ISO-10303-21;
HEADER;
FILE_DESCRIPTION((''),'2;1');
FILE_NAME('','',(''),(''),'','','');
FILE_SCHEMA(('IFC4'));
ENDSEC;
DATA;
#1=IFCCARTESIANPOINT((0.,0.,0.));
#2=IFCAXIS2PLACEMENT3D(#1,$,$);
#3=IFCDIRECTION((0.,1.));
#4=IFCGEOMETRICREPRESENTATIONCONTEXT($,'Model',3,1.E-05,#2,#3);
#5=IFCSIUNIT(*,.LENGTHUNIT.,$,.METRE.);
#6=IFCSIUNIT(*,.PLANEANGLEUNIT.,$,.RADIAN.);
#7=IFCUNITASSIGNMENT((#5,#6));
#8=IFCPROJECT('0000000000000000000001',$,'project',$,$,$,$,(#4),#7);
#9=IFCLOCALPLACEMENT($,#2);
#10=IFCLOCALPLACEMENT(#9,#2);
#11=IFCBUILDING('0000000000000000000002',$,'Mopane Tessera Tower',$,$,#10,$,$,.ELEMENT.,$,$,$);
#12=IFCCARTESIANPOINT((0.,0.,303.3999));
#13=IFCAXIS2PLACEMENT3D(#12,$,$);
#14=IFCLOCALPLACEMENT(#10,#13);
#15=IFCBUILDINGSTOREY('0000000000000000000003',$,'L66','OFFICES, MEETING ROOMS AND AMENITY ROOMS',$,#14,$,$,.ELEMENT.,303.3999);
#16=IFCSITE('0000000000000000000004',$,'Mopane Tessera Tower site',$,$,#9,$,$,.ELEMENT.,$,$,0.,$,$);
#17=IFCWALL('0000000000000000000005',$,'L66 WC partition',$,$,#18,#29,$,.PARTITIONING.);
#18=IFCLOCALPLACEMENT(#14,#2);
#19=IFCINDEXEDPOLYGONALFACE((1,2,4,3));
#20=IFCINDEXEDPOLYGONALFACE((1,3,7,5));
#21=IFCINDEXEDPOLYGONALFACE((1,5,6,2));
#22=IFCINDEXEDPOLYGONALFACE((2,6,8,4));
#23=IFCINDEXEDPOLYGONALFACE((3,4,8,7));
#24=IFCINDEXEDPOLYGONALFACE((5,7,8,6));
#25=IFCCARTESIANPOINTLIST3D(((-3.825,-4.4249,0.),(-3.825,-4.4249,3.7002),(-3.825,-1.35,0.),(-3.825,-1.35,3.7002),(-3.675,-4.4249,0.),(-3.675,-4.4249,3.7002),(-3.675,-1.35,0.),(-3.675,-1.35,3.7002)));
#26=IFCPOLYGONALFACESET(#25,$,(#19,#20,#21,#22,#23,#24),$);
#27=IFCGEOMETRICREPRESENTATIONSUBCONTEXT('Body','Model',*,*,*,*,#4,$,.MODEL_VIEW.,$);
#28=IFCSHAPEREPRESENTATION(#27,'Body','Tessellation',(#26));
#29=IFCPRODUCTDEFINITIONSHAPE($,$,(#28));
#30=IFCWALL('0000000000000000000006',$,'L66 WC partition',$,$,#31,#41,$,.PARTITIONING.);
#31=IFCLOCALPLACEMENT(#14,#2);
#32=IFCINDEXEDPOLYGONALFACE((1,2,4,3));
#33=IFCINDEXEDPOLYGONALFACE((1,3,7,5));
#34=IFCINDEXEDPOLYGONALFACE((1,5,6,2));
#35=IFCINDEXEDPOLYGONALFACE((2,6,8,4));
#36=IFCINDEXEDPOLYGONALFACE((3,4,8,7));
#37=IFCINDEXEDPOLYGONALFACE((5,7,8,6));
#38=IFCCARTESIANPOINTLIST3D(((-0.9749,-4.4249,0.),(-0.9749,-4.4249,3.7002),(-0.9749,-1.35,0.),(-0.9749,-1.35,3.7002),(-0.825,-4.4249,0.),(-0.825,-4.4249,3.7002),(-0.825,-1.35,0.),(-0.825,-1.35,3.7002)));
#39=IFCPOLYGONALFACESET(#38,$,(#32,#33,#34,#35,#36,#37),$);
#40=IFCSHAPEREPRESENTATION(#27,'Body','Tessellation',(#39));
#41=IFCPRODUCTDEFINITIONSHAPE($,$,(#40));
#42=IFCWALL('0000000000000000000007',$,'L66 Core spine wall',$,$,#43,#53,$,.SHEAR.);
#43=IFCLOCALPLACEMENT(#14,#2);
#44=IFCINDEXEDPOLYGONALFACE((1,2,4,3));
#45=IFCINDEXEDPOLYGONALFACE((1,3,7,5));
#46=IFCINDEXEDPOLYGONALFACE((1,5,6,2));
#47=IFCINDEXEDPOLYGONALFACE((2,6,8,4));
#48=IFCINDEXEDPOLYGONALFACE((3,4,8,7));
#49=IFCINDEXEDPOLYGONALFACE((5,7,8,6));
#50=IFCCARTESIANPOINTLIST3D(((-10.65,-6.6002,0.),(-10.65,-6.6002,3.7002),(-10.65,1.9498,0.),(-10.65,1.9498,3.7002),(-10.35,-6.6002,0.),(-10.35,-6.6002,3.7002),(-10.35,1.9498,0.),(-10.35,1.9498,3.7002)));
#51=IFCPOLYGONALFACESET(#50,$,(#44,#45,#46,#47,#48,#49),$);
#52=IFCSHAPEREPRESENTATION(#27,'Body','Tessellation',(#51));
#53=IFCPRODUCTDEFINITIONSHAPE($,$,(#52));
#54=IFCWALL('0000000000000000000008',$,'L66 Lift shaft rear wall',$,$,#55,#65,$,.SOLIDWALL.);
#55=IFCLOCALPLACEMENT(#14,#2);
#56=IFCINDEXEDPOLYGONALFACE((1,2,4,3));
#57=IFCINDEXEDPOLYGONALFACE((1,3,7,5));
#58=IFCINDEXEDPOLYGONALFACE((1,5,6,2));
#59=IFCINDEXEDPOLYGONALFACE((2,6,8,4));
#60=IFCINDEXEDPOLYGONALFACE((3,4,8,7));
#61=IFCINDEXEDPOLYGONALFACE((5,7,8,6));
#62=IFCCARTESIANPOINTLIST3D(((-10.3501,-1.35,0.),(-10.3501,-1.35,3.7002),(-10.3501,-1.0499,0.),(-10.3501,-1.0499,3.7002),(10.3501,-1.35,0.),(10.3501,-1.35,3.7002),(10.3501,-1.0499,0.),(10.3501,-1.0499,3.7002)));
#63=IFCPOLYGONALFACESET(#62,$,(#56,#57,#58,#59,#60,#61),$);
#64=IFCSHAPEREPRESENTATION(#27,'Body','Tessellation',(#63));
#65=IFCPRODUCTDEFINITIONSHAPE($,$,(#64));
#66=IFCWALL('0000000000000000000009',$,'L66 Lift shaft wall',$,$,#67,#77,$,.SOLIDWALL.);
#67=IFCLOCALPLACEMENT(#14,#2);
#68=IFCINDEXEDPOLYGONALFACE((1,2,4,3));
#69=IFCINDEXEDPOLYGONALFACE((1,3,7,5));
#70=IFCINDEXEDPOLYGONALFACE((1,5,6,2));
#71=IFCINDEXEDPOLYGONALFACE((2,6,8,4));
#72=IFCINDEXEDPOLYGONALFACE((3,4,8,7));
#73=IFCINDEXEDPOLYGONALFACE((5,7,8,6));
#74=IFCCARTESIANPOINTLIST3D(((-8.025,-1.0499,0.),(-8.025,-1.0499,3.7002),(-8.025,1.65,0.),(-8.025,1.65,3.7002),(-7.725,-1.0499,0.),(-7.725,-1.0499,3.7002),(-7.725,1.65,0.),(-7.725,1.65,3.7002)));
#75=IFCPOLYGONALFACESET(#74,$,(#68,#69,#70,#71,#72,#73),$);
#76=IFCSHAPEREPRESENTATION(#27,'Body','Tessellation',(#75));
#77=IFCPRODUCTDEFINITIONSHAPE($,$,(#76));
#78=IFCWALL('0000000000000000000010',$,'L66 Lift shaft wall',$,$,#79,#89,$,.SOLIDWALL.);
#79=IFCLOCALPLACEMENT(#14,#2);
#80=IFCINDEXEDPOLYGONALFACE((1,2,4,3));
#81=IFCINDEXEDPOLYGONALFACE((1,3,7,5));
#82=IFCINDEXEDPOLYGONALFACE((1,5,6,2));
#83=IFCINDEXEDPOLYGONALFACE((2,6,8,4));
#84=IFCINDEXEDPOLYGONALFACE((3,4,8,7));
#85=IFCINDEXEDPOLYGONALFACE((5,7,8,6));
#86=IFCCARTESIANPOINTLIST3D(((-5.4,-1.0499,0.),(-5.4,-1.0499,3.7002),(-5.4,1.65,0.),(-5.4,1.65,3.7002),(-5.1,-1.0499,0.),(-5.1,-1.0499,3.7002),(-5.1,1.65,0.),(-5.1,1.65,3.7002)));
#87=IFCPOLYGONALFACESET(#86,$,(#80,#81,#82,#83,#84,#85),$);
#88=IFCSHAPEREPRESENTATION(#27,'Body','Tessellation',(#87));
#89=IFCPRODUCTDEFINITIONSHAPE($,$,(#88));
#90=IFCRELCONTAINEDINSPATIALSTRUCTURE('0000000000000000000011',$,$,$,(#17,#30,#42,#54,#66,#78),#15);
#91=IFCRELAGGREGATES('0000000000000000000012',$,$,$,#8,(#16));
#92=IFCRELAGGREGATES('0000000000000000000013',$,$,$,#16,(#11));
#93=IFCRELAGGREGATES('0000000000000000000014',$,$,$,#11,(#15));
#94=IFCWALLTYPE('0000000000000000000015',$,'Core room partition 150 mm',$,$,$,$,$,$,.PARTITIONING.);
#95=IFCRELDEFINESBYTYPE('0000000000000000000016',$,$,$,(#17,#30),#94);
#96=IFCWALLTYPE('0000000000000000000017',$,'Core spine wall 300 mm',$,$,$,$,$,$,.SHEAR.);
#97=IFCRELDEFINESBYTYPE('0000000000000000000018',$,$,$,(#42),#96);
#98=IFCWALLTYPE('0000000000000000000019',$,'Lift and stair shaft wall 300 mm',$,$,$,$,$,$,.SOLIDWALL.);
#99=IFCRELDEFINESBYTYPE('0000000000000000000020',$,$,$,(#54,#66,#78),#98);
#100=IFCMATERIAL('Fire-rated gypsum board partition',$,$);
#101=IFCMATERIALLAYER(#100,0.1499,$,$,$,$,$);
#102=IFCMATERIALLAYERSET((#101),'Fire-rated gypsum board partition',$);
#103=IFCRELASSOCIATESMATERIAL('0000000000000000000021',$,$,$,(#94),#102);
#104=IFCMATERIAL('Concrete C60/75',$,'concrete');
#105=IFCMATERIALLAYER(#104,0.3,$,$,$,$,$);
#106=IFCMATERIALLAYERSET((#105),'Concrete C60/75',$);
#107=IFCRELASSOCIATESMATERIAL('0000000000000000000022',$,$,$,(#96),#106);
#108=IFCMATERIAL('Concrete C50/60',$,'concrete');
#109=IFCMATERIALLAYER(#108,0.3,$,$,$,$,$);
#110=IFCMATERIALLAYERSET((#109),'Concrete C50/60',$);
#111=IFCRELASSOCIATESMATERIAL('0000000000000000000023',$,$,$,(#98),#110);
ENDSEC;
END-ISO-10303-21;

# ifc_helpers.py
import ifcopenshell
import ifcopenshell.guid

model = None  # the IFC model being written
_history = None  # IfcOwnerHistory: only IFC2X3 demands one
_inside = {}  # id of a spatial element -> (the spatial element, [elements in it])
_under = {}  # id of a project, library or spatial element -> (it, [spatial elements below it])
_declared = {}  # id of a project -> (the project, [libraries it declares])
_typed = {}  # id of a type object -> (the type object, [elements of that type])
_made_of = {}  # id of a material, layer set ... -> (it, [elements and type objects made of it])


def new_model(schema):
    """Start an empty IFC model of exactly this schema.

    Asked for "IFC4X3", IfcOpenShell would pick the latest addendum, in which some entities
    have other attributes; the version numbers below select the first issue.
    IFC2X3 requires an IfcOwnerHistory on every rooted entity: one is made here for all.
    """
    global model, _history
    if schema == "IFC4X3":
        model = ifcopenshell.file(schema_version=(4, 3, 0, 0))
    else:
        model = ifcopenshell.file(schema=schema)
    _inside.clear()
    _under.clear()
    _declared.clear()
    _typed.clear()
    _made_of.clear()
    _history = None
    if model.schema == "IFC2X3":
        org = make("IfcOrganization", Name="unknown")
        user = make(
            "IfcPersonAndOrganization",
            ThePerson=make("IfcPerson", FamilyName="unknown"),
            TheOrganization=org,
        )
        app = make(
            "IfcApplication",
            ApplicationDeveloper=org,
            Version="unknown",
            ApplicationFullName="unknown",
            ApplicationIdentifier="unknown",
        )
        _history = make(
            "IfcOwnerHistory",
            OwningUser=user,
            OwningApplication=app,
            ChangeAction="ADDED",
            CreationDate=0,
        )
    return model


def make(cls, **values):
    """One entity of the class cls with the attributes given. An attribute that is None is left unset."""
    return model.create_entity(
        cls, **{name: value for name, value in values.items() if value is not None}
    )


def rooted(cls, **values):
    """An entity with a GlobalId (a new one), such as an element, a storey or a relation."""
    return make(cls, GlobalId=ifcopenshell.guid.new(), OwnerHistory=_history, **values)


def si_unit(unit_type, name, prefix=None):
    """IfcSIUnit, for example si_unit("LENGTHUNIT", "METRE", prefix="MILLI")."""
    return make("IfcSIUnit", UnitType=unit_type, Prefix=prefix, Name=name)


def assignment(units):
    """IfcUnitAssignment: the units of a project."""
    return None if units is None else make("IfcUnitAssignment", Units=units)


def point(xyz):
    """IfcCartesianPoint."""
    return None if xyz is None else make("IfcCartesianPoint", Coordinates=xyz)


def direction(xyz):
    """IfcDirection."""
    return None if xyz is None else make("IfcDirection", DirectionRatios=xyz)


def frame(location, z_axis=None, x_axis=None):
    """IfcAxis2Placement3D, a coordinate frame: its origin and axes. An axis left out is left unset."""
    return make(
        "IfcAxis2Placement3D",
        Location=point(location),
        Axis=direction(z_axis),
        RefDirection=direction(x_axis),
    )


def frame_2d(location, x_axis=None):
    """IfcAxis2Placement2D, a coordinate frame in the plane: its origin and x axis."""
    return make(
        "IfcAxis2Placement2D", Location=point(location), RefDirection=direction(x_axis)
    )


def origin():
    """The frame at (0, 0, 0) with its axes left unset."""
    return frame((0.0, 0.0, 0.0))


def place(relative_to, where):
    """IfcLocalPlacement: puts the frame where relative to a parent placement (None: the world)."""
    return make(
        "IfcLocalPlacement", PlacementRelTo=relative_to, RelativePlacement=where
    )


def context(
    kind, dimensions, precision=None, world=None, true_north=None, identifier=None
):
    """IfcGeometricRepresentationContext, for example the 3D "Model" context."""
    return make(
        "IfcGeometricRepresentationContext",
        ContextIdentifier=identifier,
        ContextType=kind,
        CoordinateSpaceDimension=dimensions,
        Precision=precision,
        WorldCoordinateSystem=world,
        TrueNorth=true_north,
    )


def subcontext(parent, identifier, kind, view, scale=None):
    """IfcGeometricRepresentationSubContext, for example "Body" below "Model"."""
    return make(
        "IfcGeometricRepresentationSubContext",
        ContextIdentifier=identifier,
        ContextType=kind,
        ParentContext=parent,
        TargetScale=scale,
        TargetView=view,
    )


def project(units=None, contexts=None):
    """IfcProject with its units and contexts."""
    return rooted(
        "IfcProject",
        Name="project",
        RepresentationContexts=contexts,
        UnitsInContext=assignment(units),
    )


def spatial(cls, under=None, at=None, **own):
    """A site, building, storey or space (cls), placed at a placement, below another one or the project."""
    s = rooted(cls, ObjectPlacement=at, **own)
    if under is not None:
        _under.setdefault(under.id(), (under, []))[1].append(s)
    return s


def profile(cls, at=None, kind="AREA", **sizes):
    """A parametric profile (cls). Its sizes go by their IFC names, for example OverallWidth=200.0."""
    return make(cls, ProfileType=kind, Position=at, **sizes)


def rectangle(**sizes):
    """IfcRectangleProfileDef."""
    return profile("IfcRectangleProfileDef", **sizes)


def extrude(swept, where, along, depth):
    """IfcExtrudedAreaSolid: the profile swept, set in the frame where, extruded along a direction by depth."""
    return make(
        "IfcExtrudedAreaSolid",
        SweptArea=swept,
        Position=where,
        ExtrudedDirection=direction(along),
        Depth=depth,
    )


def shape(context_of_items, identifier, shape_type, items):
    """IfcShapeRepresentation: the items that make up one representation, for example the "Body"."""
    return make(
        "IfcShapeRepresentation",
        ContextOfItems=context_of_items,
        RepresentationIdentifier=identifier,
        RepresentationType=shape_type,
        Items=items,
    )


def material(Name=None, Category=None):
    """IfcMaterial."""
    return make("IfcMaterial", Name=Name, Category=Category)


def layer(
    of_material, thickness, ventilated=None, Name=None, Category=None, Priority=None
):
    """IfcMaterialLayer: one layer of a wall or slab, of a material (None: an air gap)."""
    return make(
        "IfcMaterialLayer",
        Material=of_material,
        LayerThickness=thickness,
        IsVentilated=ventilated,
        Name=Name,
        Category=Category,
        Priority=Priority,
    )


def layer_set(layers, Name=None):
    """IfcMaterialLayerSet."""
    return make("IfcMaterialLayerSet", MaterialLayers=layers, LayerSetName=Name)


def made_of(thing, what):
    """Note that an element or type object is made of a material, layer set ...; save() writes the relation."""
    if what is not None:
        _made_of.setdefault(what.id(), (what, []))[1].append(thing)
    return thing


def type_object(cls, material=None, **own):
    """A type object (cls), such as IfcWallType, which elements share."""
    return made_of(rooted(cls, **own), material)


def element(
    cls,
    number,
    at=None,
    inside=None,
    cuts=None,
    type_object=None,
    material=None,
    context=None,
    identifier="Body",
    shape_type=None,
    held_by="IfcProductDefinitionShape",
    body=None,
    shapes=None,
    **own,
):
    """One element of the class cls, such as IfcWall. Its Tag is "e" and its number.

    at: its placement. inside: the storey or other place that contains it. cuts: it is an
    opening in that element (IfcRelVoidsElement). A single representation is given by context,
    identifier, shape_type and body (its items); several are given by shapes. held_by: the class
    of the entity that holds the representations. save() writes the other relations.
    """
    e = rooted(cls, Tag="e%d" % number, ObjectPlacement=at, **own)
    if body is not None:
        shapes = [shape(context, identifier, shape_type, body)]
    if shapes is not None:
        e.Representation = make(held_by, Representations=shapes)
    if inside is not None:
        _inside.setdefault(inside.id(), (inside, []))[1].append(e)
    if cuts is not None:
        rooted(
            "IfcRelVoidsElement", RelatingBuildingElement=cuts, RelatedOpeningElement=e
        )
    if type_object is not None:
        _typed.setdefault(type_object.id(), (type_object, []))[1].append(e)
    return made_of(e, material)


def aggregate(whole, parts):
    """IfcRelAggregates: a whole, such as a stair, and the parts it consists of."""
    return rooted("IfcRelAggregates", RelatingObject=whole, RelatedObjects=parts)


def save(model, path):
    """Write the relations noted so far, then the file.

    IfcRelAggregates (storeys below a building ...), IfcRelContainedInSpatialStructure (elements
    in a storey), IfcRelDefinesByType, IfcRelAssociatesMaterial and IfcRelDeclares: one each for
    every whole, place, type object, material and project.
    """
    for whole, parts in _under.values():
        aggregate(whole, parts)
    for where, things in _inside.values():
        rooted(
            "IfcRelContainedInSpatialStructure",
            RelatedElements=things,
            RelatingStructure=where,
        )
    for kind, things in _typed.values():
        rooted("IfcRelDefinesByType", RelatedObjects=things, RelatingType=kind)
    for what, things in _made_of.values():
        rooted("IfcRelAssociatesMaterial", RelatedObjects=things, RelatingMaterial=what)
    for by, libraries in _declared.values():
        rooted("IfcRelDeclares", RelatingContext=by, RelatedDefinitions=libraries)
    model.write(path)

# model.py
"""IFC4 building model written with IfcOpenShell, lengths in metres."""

from ifc_helpers import new_model, si_unit, direction, frame, frame_2d, origin, place, context, subcontext, project, spatial, rectangle, extrude, material, layer, layer_set, type_object, element, save


model = new_model("IFC4")

# Units and contexts
model_context = context("Model", 3, precision=1e-05, world=origin(), true_north=direction((0.0, 1.0)))
body_context = subcontext(model_context, "Body", "Model", "MODEL_VIEW")
ifc_project = project(units=[si_unit("LENGTHUNIT", "METRE"), si_unit("PLANEANGLEUNIT", "RADIAN")], contexts=[model_context])

# Site, building, storey
site_placement = place(None, origin())
site = spatial("IfcSite", under=ifc_project, at=site_placement, Name="Mopane Tessera Tower site", CompositionType="ELEMENT", RefElevation=0.0)
building_placement = place(site_placement, origin())
building = spatial("IfcBuilding", under=site, at=building_placement, Name="Mopane Tessera Tower", CompositionType="ELEMENT")
storey_placement = place(building_placement, frame((0.0, 0.0, 303.3999)))
storey = spatial("IfcBuildingStorey", under=building, at=storey_placement, Name="L66", Description="OFFICES, MEETING ROOMS AND AMENITY ROOMS", CompositionType="ELEMENT", Elevation=303.3999)

# Shared definitions
ifc_material_1 = material(Name="Fire-rated gypsum board partition")
ifc_layer_1 = layer(ifc_material_1, 0.1499)
ifc_layer_set_1 = layer_set([ifc_layer_1], Name="Fire-rated gypsum board partition")
wall_type_1 = type_object("IfcWallType", Name="Core room partition 150 mm", PredefinedType="PARTITIONING", material=ifc_layer_set_1)

# Walls
for number, where, z_axis, x_axis, name in (
    (1, (-3.75, -4.425, 0.0), (0.0, 0.0, 1.0), (0.0, 1.0, 0.0), "L66 WC partition"),
    (2, (-0.8999, -4.425, 0.0), (0.0, 0.0, 1.0), (0.0, 1.0, 0.0), "L66 WC partition"),
):
    element("IfcWall", number, at=place(storey_placement, frame(where, z_axis=z_axis, x_axis=x_axis)), inside=storey, type_object=wall_type_1, Name=name, PredefinedType="PARTITIONING", context=body_context, shape_type="SweptSolid", body=[
        extrude(rectangle(XDim=3.075, YDim=0.1499, at=frame_2d((1.5376, 0.0))), origin(), (0.0, 0.0, 1.0), 3.7002),
    ])
ifc_material_2 = material(Name="Concrete C60/75", Category="concrete")
ifc_layer_2 = layer(ifc_material_2, 0.3)
ifc_layer_set_2 = layer_set([ifc_layer_2], Name="Concrete C60/75")
wall_type_2 = type_object("IfcWallType", Name="Core spine wall 300 mm", PredefinedType="SHEAR", material=ifc_layer_set_2)
wall_1_placement = place(storey_placement, frame((-10.5, -6.6001, 0.0), z_axis=(0.0, 0.0, 1.0), x_axis=(0.0, 1.0, 0.0)))
element("IfcWall", 3, at=wall_1_placement, inside=storey, type_object=wall_type_2, Name="L66 Core spine wall", PredefinedType="SHEAR", context=body_context, shape_type="SweptSolid", body=[
    extrude(rectangle(XDim=8.55, YDim=0.3, at=frame_2d((4.2749, 0.0))), origin(), (0.0, 0.0, 1.0), 3.7002),
])
ifc_material_3 = material(Name="Concrete C50/60", Category="concrete")
ifc_layer_3 = layer(ifc_material_3, 0.3)
ifc_layer_set_3 = layer_set([ifc_layer_3], Name="Concrete C50/60")
wall_type_3 = type_object("IfcWallType", Name="Lift and stair shaft wall 300 mm", PredefinedType="SOLIDWALL", material=ifc_layer_set_3)
wall_2_placement = place(storey_placement, frame((-10.3501, -1.2, 0.0), z_axis=(0.0, 0.0, 1.0), x_axis=(1.0, 0.0, 0.0)))
element("IfcWall", 4, at=wall_2_placement, inside=storey, type_object=wall_type_3, Name="L66 Lift shaft rear wall", PredefinedType="SOLIDWALL", context=body_context, shape_type="SweptSolid", body=[
    extrude(rectangle(XDim=20.7002, YDim=0.3, at=frame_2d((10.3501, 0.0))), origin(), (0.0, 0.0, 1.0), 3.7002),
])
for number, where, z_axis, x_axis, name in (
    (5, (-7.875, -1.05, 0.0), (0.0, 0.0, 1.0), (0.0, 1.0, 0.0), "L66 Lift shaft wall"),
    (6, (-5.25, -1.05, 0.0), (0.0, 0.0, 1.0), (0.0, 1.0, 0.0), "L66 Lift shaft wall"),
):
    element("IfcWall", number, at=place(storey_placement, frame(where, z_axis=z_axis, x_axis=x_axis)), inside=storey, type_object=wall_type_3, Name=name, PredefinedType="SOLIDWALL", context=body_context, shape_type="SweptSolid", body=[
        extrude(rectangle(XDim=2.7, YDim=0.3, at=frame_2d((1.3501, 0.0))), origin(), (0.0, 0.0, 1.0), 3.7002),
    ])

save(model, "model.ifc")
